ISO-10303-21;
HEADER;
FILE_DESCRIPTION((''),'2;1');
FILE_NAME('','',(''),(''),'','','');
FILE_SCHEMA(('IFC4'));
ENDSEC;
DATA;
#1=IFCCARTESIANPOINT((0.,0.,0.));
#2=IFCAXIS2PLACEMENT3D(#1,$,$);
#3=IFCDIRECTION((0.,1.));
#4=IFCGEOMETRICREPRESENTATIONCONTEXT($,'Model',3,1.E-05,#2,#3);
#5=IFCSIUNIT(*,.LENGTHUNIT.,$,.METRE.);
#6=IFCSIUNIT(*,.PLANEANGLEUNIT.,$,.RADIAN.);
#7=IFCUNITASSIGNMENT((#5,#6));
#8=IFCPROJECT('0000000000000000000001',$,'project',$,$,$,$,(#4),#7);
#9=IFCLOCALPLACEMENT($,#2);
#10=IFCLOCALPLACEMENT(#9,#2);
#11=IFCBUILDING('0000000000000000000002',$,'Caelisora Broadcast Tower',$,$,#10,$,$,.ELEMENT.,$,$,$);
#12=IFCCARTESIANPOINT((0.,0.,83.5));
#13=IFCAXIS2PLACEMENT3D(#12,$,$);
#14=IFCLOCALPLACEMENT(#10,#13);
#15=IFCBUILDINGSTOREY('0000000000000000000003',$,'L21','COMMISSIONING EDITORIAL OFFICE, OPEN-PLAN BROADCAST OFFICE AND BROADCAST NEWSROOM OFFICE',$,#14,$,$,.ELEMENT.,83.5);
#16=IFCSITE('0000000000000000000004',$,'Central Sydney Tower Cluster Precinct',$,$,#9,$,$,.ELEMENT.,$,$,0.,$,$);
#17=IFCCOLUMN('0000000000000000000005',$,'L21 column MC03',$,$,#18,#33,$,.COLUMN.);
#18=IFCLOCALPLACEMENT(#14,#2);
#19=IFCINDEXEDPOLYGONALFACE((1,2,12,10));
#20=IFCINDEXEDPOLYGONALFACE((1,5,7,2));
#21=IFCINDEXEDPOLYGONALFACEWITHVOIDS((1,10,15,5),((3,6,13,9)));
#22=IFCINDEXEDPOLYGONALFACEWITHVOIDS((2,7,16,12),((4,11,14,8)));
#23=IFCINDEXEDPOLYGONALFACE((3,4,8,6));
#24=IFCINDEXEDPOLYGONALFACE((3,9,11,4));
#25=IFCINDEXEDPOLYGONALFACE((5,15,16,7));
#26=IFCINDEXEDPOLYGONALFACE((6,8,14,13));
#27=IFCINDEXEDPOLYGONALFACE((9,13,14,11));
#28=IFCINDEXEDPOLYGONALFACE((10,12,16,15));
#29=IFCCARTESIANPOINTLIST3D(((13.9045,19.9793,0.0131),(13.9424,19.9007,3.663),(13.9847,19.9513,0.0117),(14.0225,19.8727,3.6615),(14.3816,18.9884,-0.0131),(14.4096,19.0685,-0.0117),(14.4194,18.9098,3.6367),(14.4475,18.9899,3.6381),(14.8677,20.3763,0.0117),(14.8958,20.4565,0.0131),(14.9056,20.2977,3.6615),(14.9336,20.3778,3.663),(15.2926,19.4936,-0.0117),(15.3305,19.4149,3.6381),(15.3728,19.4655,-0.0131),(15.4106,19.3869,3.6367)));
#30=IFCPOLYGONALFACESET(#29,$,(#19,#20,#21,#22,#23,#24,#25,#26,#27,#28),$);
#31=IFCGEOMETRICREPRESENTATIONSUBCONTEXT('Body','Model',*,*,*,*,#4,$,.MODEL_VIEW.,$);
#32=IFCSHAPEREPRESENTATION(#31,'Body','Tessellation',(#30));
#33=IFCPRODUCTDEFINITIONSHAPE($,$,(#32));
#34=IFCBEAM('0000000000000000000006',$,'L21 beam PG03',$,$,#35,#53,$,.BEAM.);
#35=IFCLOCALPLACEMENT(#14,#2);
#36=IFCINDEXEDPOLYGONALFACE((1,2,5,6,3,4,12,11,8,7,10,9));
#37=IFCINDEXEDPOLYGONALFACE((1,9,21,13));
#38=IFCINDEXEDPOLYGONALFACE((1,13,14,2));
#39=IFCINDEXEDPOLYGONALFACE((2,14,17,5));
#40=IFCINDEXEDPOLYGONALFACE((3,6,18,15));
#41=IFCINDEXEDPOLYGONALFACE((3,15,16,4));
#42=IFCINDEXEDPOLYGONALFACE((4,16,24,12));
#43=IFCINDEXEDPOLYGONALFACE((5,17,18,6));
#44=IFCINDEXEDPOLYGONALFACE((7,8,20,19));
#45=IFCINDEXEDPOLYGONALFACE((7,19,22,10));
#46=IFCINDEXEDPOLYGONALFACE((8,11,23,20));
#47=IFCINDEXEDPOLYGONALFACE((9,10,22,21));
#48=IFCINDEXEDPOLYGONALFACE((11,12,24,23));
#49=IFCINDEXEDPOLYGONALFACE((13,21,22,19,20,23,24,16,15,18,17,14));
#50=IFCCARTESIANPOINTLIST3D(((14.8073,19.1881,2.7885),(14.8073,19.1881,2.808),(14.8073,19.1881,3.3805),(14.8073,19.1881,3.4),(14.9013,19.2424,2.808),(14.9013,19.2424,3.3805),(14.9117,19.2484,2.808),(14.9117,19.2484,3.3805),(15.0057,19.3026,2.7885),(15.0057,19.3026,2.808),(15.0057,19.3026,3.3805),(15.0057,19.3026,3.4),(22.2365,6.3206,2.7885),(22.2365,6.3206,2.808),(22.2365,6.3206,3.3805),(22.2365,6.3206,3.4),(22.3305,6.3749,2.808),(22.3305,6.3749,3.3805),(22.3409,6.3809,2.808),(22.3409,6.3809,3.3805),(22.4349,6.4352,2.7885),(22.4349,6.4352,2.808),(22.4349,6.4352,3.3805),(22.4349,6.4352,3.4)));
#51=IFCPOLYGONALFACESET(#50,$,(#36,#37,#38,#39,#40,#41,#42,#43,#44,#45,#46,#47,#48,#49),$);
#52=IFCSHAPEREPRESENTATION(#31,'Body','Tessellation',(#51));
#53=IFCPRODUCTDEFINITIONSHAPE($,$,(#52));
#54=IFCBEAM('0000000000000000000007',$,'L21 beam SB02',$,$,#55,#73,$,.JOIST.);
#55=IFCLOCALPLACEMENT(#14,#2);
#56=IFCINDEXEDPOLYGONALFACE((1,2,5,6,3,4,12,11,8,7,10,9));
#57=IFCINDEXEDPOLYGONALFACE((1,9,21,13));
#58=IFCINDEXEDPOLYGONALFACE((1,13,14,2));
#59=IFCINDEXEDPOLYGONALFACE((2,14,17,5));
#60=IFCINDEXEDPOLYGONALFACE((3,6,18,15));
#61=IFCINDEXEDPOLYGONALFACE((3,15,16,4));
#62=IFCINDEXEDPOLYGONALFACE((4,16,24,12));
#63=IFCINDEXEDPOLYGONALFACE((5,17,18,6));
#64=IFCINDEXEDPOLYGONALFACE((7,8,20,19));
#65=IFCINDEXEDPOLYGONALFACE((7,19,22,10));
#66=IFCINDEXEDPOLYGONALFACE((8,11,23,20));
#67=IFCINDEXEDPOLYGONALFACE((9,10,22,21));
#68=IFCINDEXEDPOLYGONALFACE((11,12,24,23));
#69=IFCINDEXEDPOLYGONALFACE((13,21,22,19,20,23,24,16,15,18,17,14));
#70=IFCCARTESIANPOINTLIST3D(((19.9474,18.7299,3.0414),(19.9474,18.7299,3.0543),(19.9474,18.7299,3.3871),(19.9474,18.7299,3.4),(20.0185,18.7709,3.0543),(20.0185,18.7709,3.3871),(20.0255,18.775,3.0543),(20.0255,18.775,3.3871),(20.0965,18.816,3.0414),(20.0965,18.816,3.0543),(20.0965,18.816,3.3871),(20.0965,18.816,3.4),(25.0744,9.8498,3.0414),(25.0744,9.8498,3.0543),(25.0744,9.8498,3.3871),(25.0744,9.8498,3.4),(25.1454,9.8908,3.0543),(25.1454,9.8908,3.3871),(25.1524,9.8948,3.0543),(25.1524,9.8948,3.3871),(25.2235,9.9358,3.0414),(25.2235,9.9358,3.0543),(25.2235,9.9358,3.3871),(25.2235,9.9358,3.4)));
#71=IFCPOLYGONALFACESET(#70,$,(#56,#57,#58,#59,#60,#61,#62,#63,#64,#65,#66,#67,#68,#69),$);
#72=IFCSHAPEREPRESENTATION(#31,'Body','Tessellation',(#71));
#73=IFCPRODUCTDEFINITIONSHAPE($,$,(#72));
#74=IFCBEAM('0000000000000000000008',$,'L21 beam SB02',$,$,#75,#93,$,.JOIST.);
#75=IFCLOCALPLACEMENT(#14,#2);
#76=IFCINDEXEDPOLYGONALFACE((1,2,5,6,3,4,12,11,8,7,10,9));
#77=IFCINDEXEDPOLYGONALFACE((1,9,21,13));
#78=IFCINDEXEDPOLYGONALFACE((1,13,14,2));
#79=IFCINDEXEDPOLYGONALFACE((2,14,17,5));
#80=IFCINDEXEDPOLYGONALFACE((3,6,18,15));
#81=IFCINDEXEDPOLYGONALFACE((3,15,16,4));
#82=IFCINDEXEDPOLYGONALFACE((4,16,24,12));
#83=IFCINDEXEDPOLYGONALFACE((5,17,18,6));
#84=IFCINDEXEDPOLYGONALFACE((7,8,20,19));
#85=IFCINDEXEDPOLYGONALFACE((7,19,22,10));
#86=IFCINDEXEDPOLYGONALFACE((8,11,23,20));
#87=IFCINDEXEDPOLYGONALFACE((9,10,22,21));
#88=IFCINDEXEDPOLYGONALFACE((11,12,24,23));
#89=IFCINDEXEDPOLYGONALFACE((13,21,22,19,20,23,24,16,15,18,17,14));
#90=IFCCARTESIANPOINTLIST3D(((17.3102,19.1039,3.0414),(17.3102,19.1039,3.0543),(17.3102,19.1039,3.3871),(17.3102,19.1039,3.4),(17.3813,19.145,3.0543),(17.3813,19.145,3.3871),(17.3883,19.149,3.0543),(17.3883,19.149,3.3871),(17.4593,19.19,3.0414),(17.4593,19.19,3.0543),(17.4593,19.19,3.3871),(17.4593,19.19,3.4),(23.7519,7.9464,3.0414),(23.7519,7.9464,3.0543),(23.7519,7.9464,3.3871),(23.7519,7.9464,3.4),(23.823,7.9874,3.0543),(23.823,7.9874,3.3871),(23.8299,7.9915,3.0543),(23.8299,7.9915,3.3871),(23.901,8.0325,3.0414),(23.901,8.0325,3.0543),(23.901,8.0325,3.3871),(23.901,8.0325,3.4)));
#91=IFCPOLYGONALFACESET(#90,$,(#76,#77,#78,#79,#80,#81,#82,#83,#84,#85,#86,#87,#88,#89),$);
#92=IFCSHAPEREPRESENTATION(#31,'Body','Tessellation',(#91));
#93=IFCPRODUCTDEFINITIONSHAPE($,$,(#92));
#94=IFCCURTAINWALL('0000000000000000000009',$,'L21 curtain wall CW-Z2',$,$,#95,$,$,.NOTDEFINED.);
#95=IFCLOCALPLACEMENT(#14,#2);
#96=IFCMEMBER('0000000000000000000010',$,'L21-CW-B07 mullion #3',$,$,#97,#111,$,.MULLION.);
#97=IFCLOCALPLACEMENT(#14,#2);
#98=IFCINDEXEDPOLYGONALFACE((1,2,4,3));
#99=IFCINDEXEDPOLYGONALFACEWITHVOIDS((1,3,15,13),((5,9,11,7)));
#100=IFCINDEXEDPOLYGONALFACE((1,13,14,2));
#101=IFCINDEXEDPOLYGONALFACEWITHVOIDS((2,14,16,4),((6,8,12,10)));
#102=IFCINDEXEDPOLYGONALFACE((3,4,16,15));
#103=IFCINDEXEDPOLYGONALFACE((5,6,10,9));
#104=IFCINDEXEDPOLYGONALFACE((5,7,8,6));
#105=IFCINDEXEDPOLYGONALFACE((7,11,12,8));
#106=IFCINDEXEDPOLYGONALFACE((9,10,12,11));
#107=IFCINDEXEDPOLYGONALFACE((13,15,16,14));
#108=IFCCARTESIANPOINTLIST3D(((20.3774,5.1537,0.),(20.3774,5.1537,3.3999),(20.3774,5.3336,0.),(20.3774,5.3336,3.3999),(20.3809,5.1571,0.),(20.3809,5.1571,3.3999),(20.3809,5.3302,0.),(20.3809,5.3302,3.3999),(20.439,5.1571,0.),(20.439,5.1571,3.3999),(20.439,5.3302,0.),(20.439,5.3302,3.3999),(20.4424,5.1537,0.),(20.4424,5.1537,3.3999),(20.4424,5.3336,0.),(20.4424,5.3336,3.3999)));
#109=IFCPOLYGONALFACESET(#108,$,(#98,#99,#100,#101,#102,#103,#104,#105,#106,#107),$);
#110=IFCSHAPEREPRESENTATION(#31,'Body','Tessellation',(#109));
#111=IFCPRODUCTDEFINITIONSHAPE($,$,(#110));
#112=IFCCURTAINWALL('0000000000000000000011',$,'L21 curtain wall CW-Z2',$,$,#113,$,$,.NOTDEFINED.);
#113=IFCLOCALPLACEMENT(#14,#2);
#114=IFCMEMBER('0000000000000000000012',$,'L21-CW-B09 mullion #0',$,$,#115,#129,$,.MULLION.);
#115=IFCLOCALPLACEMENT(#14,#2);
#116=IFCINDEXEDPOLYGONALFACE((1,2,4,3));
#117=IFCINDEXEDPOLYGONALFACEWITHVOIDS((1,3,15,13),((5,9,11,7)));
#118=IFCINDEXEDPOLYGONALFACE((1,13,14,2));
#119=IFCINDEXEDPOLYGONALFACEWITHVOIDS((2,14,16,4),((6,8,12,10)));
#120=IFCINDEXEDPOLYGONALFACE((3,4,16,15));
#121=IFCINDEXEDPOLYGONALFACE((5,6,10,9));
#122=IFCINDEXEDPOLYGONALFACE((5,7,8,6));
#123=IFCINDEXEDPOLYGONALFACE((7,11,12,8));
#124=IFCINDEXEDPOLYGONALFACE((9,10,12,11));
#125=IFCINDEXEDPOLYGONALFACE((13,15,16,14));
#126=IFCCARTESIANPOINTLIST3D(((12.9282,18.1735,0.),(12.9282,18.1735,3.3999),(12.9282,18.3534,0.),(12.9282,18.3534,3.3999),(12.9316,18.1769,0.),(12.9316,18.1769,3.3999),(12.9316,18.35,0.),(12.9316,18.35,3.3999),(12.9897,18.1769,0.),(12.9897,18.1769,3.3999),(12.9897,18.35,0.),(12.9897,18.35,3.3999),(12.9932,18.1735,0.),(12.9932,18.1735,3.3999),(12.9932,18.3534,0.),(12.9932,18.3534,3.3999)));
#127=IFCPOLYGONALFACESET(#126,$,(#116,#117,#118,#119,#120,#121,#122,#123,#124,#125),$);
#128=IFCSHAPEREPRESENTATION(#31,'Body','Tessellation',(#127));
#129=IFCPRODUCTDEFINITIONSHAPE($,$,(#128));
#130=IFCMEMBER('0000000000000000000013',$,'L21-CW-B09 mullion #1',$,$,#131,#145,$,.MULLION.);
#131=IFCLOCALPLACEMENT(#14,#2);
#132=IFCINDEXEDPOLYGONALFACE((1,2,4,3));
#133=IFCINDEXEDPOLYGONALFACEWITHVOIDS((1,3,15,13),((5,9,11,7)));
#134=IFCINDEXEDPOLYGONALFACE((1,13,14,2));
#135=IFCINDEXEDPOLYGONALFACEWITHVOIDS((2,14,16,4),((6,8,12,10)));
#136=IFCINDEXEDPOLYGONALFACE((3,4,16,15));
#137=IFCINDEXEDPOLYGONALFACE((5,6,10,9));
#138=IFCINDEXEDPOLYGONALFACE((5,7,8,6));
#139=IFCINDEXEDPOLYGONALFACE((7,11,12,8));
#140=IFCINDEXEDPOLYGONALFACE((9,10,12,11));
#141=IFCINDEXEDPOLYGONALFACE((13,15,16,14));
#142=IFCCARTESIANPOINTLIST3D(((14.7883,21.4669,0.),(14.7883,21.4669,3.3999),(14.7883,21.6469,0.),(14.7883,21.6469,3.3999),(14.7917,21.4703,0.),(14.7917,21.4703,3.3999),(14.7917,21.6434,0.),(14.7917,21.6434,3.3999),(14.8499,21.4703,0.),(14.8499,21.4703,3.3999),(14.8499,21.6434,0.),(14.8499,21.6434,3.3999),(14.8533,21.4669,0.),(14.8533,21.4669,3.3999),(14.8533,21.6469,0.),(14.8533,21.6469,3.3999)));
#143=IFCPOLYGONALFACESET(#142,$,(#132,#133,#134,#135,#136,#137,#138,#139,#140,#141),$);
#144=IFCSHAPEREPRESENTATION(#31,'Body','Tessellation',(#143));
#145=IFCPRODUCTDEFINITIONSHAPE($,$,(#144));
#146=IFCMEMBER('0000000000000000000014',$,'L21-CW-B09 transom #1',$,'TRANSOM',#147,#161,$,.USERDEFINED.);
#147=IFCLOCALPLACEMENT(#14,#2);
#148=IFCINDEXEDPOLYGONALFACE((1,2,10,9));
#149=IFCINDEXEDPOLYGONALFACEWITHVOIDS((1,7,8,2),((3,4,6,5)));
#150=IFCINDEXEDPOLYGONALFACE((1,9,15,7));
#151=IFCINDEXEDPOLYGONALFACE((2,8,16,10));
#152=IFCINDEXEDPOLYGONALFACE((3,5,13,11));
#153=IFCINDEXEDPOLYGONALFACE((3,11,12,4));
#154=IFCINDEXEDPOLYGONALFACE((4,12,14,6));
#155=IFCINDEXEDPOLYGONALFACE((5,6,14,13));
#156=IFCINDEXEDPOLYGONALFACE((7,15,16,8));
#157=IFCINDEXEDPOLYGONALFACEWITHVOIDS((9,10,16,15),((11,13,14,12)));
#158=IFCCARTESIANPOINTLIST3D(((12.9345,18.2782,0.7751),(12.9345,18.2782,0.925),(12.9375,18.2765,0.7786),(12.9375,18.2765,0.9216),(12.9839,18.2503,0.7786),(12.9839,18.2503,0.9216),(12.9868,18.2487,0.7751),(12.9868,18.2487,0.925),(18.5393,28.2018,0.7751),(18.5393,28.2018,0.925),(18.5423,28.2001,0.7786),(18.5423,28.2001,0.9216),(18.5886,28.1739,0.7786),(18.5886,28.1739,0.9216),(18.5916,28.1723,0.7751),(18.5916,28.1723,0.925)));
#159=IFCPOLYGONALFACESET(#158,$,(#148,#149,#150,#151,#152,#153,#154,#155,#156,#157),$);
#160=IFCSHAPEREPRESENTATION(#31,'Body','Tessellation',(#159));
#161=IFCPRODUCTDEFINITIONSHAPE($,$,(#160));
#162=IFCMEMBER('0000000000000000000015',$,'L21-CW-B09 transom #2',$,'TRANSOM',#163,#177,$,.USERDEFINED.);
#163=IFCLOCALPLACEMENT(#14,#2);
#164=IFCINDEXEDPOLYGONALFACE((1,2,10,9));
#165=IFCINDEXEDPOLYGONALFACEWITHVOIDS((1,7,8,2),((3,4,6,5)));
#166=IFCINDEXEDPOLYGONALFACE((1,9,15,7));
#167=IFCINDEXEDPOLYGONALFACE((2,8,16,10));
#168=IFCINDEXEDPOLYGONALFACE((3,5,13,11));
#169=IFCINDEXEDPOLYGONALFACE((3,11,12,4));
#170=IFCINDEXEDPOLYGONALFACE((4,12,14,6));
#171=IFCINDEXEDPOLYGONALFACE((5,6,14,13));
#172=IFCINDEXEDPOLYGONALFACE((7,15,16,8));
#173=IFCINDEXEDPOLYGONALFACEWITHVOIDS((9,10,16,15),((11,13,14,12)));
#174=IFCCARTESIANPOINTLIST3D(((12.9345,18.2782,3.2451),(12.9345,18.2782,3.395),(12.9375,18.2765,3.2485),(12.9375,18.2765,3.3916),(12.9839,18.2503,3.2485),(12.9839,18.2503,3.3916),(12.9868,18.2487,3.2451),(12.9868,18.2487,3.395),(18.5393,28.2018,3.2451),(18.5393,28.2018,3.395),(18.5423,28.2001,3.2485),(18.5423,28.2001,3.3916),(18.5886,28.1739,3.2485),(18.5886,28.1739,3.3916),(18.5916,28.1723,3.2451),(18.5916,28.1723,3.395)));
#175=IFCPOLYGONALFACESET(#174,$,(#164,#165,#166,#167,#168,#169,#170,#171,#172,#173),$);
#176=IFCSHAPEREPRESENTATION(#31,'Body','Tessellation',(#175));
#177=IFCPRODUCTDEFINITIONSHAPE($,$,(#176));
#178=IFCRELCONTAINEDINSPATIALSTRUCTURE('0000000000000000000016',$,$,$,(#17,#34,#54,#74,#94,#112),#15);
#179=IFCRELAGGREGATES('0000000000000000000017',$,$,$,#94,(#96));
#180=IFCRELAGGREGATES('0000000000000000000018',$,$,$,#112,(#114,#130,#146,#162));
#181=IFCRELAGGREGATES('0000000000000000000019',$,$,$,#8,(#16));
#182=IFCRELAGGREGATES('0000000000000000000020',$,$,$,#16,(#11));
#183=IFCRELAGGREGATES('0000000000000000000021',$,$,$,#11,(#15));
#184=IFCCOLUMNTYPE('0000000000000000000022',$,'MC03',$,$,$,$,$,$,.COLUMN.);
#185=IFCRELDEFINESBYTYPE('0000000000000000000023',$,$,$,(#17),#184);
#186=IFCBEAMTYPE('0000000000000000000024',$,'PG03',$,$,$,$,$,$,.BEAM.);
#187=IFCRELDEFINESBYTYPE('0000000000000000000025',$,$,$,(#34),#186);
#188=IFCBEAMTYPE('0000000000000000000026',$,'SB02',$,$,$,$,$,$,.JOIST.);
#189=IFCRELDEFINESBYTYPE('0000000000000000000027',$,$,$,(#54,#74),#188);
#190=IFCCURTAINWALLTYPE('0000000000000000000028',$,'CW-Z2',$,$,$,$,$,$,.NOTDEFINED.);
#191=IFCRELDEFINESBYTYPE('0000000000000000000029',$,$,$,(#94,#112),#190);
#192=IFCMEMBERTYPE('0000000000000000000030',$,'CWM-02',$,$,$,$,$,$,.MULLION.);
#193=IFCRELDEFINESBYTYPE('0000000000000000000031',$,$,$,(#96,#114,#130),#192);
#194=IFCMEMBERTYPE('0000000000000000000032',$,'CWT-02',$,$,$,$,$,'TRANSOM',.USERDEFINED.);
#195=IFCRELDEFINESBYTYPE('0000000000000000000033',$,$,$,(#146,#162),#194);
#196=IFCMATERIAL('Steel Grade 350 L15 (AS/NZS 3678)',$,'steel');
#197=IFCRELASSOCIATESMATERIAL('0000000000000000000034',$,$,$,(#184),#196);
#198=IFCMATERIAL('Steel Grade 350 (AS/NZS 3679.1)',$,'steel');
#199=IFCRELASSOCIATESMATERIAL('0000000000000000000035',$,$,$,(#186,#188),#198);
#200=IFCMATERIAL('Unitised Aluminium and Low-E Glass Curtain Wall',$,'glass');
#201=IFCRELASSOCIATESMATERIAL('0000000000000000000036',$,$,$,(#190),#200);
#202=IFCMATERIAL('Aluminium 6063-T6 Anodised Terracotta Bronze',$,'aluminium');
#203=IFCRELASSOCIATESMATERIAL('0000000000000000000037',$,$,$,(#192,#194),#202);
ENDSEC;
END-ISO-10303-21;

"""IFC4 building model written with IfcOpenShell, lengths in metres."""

from ifc_helpers import new_model, si_unit, direction, frame, origin, origin_2d, place, context, subcontext, project, spatial, hollow_rectangle, i_section, extrude, source, transform, mapped, material, material_profile, profile_set, type_object, type_shapes, element, aggregate, save


model = new_model("IFC4")

# Units and contexts
model_context = context("Model", 3, precision=1e-05, world=origin(), true_north=direction((0.0, 1.0)))
body_context = subcontext(model_context, "Body", "Model", "MODEL_VIEW")
ifc_project = project(units=[si_unit("LENGTHUNIT", "METRE"), si_unit("PLANEANGLEUNIT", "RADIAN")], contexts=[model_context])

# Site, building, storey
site_placement = place(None, origin())
site = spatial("IfcSite", under=ifc_project, at=site_placement, Name="Central Sydney Tower Cluster Precinct", CompositionType="ELEMENT", RefElevation=0.0)
building_placement = place(site_placement, origin())
building = spatial("IfcBuilding", under=site, at=building_placement, Name="Caelisora Broadcast Tower", CompositionType="ELEMENT")
storey_placement = place(building_placement, frame((0.0, 0.0, 83.5)))
storey = spatial("IfcBuildingStorey", under=building, at=storey_placement, Name="L21", Description="COMMISSIONING EDITORIAL OFFICE, OPEN-PLAN BROADCAST OFFICE AND BROADCAST NEWSROOM OFFICE", CompositionType="ELEMENT", Elevation=83.5)

# Column
ifc_material_1 = material(Name="Steel Grade 350 L15 (AS/NZS 3678)", Category="steel")
ifc_material_profile_1 = material_profile(ifc_material_1, hollow_rectangle(XDim=1.1001, YDim=1.1001, WallThickness=0.0601, at=origin_2d()), Name="Steel Grade 350 L15 (AS/NZS 3678)")
ifc_profile_set_1 = profile_set([ifc_material_profile_1], Name="Steel Grade 350 L15 (AS/NZS 3678)")
column_type = type_object("IfcColumnType", Name="MC03", PredefinedType="COLUMN", material=ifc_profile_set_1)
shared_shape_1 = source(origin(), body_context, "Body", "SweptSolid", [
    extrude(hollow_rectangle(XDim=1.1001, YDim=1.1001, WallThickness=0.0601, at=origin_2d()), origin(), (0.0, 0.0, 1.0), 3.6509),
])
type_shapes(column_type, [shared_shape_1])
column_placement = place(storey_placement, frame((14.6387, 19.7224, 0.0), z_axis=(0.010365, -0.021532, 0.999714), x_axis=(0.901042, 0.433731, 0.0)))
element("IfcColumn", 1, at=column_placement, inside=storey, type_object=column_type, Name="L21 column MC03", PredefinedType="COLUMN", context=body_context, shape_type="MappedRepresentation", body=[
    mapped(shared_shape_1, transform((0.0, 0.0, 0.0), scale=1.0)),
])

# Beams
ifc_material_2 = material(Name="Steel Grade 350 (AS/NZS 3679.1)", Category="steel")
ifc_material_profile_2 = material_profile(ifc_material_2, i_section(OverallWidth=0.229, OverallDepth=0.6116, WebThickness=0.012, FlangeThickness=0.0195, at=origin_2d()), Name="Steel Grade 350 (AS/NZS 3679.1)")
ifc_profile_set_2 = profile_set([ifc_material_profile_2], Name="Steel Grade 350 (AS/NZS 3679.1)")
beam_type_1 = type_object("IfcBeamType", Name="PG03", PredefinedType="BEAM", material=ifc_profile_set_2)
shared_shape_2 = source(origin(), body_context, "Body", "SweptSolid", [
    extrude(i_section(OverallWidth=0.229, OverallDepth=0.6116, WebThickness=0.012, FlangeThickness=0.0195, at=origin_2d()), origin(), (0.0, 0.0, 1.0), 14.8582),
])
type_shapes(beam_type_1, [shared_shape_2])
beam_1_placement = place(storey_placement, frame((14.9065, 19.2454, 3.0942), z_axis=(0.500009, -0.86602, 0.0), x_axis=(0.86602, 0.500009, 0.0)))
element("IfcBeam", 2, at=beam_1_placement, inside=storey, type_object=beam_type_1, Name="L21 beam PG03", PredefinedType="BEAM", context=body_context, shape_type="MappedRepresentation", body=[
    mapped(shared_shape_2, transform((0.0, 0.0, 0.0), scale=1.0)),
])
ifc_material_profile_3 = material_profile(ifc_material_2, i_section(OverallWidth=0.1721, OverallDepth=0.3586, WebThickness=0.0081, FlangeThickness=0.0129, at=origin_2d()), Name="Steel Grade 350 (AS/NZS 3679.1)")
ifc_profile_set_3 = profile_set([ifc_material_profile_3], Name="Steel Grade 350 (AS/NZS 3679.1)")
beam_type_2 = type_object("IfcBeamType", Name="SB02", PredefinedType="JOIST", material=ifc_profile_set_3)
shared_shape_3 = source(origin(), body_context, "Body", "SweptSolid", [
    extrude(i_section(OverallWidth=0.1721, OverallDepth=0.3586, WebThickness=0.0081, FlangeThickness=0.0129, at=origin_2d()), origin(), (0.0, 0.0, 1.0), 10.2539),
])
beam_2_placement = place(storey_placement, frame((20.022, 18.7729, 3.2207), z_axis=(0.500001, -0.866025, 0.0), x_axis=(0.866025, 0.500001, 0.0)))
element("IfcBeam", 3, at=beam_2_placement, inside=storey, type_object=beam_type_2, Name="L21 beam SB02", PredefinedType="JOIST", context=body_context, shape_type="MappedRepresentation", body=[
    mapped(shared_shape_3, transform((0.0, 0.0, 0.0), scale=1.0)),
])
shared_shape_4 = source(origin(), body_context, "Body", "SweptSolid", [
    extrude(i_section(OverallWidth=0.1721, OverallDepth=0.3586, WebThickness=0.0081, FlangeThickness=0.0129, at=origin_2d()), origin(), (0.0, 0.0, 1.0), 12.8835),
])
type_shapes(beam_type_2, [shared_shape_3, shared_shape_4])
beam_3_placement = place(storey_placement, frame((17.3848, 19.147, 3.2207), z_axis=(0.499993, -0.866029, 0.0), x_axis=(0.866029, 0.499993, 0.0)))
element("IfcBeam", 4, at=beam_3_placement, inside=storey, type_object=beam_type_2, Name="L21 beam SB02", PredefinedType="JOIST", context=body_context, shape_type="MappedRepresentation", body=[
    mapped(shared_shape_4, transform((0.0, 0.0, 0.0), scale=1.0)),
])

# Curtain wall, member
ifc_material_3 = material(Name="Unitised Aluminium and Low-E Glass Curtain Wall", Category="glass")
curtain_wall_type = type_object("IfcCurtainWallType", Name="CW-Z2", PredefinedType="NOTDEFINED", material=ifc_material_3)
curtain_wall_1_placement = place(storey_placement, origin())
curtain_wall_1 = element("IfcCurtainWall", 5, at=curtain_wall_1_placement, inside=storey, type_object=curtain_wall_type, Name="L21 curtain wall CW-Z2", PredefinedType="NOTDEFINED")
ifc_material_4 = material(Name="Aluminium 6063-T6 Anodised Terracotta Bronze", Category="aluminium")
ifc_material_profile_4 = material_profile(ifc_material_4, hollow_rectangle(XDim=0.0649, YDim=0.1799, WallThickness=0.0034, at=origin_2d()), Name="Aluminium 6063-T6 Anodised Terracotta Bronze")
ifc_profile_set_4 = profile_set([ifc_material_profile_4], Name="Aluminium 6063-T6 Anodised Terracotta Bronze")
member_type_1 = type_object("IfcMemberType", Name="CWM-02", PredefinedType="MULLION", material=ifc_profile_set_4)
shared_shape_5 = source(origin(), body_context, "Body", "SweptSolid", [
    extrude(hollow_rectangle(XDim=0.0649, YDim=0.1799, WallThickness=0.0034, at=origin_2d()), origin(), (0.0, 0.0, 1.0), 3.3999),
])
type_shapes(member_type_1, [shared_shape_5])
member_1_placement = place(storey_placement, frame((20.4099, 5.2437, 0.0), z_axis=(0.0, 0.0, 1.0), x_axis=(1.0, 0.0, 0.0)))
member_1 = element("IfcMember", 6, at=member_1_placement, type_object=member_type_1, Name="L21-CW-B07 mullion #3", PredefinedType="MULLION", context=body_context, shape_type="MappedRepresentation", body=[
    mapped(shared_shape_5, transform((0.0, 0.0, 0.0), scale=1.0)),
])
aggregate(curtain_wall_1, [member_1])

# Curtain wall, members
curtain_wall_2_placement = place(storey_placement, origin())
curtain_wall_2 = element("IfcCurtainWall", 7, at=curtain_wall_2_placement, inside=storey, type_object=curtain_wall_type, Name="L21 curtain wall CW-Z2", PredefinedType="NOTDEFINED")
member_2_placement = place(storey_placement, frame((12.9607, 18.2634, 0.0), z_axis=(0.0, 0.0, 1.0), x_axis=(1.0, 0.0, 0.0)))
member_2 = element("IfcMember", 8, at=member_2_placement, type_object=member_type_1, Name="L21-CW-B09 mullion #0", PredefinedType="MULLION", context=body_context, shape_type="MappedRepresentation", body=[
    mapped(shared_shape_5, transform((0.0, 0.0, 0.0), scale=1.0)),
])
member_3_placement = place(storey_placement, frame((14.8208, 21.5569, 0.0), z_axis=(0.0, 0.0, 1.0), x_axis=(1.0, 0.0, 0.0)))
member_3 = element("IfcMember", 9, at=member_3_placement, type_object=member_type_1, Name="L21-CW-B09 mullion #1", PredefinedType="MULLION", context=body_context, shape_type="MappedRepresentation", body=[
    mapped(shared_shape_5, transform((0.0, 0.0, 0.0), scale=1.0)),
])
ifc_material_profile_5 = material_profile(ifc_material_4, hollow_rectangle(XDim=0.0601, YDim=0.1499, WallThickness=0.0034, at=origin_2d()), Name="Aluminium 6063-T6 Anodised Terracotta Bronze")
ifc_profile_set_5 = profile_set([ifc_material_profile_5], Name="Aluminium 6063-T6 Anodised Terracotta Bronze")
member_type_2 = type_object("IfcMemberType", Name="CWT-02", ElementType="TRANSOM", PredefinedType="USERDEFINED", material=ifc_profile_set_5)
shared_shape_6 = source(origin(), body_context, "Body", "SweptSolid", [
    extrude(hollow_rectangle(XDim=0.0601, YDim=0.1499, WallThickness=0.0034, at=origin_2d()), origin(), (0.0, 0.0, 1.0), 11.397),
])
type_shapes(member_type_2, [shared_shape_6])
member_4_placement = place(storey_placement, frame((12.9607, 18.2634, 0.8501), z_axis=(0.491775, 0.870722, 0.0), x_axis=(-0.870722, 0.491775, 0.0)))
member_4 = element("IfcMember", 10, at=member_4_placement, type_object=member_type_2, Name="L21-CW-B09 transom #1", ObjectType="TRANSOM", PredefinedType="USERDEFINED", context=body_context, shape_type="MappedRepresentation", body=[
    mapped(shared_shape_6, transform((0.0, 0.0, 0.0), scale=1.0)),
])
member_5_placement = place(storey_placement, frame((12.9607, 18.2634, 3.3201), z_axis=(0.491775, 0.870722, 0.0), x_axis=(-0.870722, 0.491775, 0.0)))
member_5 = element("IfcMember", 11, at=member_5_placement, type_object=member_type_2, Name="L21-CW-B09 transom #2", ObjectType="TRANSOM", PredefinedType="USERDEFINED", context=body_context, shape_type="MappedRepresentation", body=[
    mapped(shared_shape_6, transform((0.0, 0.0, 0.0), scale=1.0)),
])

aggregate(curtain_wall_2, [member_2, member_3, member_4, member_5])

save(model, "model.ifc")
